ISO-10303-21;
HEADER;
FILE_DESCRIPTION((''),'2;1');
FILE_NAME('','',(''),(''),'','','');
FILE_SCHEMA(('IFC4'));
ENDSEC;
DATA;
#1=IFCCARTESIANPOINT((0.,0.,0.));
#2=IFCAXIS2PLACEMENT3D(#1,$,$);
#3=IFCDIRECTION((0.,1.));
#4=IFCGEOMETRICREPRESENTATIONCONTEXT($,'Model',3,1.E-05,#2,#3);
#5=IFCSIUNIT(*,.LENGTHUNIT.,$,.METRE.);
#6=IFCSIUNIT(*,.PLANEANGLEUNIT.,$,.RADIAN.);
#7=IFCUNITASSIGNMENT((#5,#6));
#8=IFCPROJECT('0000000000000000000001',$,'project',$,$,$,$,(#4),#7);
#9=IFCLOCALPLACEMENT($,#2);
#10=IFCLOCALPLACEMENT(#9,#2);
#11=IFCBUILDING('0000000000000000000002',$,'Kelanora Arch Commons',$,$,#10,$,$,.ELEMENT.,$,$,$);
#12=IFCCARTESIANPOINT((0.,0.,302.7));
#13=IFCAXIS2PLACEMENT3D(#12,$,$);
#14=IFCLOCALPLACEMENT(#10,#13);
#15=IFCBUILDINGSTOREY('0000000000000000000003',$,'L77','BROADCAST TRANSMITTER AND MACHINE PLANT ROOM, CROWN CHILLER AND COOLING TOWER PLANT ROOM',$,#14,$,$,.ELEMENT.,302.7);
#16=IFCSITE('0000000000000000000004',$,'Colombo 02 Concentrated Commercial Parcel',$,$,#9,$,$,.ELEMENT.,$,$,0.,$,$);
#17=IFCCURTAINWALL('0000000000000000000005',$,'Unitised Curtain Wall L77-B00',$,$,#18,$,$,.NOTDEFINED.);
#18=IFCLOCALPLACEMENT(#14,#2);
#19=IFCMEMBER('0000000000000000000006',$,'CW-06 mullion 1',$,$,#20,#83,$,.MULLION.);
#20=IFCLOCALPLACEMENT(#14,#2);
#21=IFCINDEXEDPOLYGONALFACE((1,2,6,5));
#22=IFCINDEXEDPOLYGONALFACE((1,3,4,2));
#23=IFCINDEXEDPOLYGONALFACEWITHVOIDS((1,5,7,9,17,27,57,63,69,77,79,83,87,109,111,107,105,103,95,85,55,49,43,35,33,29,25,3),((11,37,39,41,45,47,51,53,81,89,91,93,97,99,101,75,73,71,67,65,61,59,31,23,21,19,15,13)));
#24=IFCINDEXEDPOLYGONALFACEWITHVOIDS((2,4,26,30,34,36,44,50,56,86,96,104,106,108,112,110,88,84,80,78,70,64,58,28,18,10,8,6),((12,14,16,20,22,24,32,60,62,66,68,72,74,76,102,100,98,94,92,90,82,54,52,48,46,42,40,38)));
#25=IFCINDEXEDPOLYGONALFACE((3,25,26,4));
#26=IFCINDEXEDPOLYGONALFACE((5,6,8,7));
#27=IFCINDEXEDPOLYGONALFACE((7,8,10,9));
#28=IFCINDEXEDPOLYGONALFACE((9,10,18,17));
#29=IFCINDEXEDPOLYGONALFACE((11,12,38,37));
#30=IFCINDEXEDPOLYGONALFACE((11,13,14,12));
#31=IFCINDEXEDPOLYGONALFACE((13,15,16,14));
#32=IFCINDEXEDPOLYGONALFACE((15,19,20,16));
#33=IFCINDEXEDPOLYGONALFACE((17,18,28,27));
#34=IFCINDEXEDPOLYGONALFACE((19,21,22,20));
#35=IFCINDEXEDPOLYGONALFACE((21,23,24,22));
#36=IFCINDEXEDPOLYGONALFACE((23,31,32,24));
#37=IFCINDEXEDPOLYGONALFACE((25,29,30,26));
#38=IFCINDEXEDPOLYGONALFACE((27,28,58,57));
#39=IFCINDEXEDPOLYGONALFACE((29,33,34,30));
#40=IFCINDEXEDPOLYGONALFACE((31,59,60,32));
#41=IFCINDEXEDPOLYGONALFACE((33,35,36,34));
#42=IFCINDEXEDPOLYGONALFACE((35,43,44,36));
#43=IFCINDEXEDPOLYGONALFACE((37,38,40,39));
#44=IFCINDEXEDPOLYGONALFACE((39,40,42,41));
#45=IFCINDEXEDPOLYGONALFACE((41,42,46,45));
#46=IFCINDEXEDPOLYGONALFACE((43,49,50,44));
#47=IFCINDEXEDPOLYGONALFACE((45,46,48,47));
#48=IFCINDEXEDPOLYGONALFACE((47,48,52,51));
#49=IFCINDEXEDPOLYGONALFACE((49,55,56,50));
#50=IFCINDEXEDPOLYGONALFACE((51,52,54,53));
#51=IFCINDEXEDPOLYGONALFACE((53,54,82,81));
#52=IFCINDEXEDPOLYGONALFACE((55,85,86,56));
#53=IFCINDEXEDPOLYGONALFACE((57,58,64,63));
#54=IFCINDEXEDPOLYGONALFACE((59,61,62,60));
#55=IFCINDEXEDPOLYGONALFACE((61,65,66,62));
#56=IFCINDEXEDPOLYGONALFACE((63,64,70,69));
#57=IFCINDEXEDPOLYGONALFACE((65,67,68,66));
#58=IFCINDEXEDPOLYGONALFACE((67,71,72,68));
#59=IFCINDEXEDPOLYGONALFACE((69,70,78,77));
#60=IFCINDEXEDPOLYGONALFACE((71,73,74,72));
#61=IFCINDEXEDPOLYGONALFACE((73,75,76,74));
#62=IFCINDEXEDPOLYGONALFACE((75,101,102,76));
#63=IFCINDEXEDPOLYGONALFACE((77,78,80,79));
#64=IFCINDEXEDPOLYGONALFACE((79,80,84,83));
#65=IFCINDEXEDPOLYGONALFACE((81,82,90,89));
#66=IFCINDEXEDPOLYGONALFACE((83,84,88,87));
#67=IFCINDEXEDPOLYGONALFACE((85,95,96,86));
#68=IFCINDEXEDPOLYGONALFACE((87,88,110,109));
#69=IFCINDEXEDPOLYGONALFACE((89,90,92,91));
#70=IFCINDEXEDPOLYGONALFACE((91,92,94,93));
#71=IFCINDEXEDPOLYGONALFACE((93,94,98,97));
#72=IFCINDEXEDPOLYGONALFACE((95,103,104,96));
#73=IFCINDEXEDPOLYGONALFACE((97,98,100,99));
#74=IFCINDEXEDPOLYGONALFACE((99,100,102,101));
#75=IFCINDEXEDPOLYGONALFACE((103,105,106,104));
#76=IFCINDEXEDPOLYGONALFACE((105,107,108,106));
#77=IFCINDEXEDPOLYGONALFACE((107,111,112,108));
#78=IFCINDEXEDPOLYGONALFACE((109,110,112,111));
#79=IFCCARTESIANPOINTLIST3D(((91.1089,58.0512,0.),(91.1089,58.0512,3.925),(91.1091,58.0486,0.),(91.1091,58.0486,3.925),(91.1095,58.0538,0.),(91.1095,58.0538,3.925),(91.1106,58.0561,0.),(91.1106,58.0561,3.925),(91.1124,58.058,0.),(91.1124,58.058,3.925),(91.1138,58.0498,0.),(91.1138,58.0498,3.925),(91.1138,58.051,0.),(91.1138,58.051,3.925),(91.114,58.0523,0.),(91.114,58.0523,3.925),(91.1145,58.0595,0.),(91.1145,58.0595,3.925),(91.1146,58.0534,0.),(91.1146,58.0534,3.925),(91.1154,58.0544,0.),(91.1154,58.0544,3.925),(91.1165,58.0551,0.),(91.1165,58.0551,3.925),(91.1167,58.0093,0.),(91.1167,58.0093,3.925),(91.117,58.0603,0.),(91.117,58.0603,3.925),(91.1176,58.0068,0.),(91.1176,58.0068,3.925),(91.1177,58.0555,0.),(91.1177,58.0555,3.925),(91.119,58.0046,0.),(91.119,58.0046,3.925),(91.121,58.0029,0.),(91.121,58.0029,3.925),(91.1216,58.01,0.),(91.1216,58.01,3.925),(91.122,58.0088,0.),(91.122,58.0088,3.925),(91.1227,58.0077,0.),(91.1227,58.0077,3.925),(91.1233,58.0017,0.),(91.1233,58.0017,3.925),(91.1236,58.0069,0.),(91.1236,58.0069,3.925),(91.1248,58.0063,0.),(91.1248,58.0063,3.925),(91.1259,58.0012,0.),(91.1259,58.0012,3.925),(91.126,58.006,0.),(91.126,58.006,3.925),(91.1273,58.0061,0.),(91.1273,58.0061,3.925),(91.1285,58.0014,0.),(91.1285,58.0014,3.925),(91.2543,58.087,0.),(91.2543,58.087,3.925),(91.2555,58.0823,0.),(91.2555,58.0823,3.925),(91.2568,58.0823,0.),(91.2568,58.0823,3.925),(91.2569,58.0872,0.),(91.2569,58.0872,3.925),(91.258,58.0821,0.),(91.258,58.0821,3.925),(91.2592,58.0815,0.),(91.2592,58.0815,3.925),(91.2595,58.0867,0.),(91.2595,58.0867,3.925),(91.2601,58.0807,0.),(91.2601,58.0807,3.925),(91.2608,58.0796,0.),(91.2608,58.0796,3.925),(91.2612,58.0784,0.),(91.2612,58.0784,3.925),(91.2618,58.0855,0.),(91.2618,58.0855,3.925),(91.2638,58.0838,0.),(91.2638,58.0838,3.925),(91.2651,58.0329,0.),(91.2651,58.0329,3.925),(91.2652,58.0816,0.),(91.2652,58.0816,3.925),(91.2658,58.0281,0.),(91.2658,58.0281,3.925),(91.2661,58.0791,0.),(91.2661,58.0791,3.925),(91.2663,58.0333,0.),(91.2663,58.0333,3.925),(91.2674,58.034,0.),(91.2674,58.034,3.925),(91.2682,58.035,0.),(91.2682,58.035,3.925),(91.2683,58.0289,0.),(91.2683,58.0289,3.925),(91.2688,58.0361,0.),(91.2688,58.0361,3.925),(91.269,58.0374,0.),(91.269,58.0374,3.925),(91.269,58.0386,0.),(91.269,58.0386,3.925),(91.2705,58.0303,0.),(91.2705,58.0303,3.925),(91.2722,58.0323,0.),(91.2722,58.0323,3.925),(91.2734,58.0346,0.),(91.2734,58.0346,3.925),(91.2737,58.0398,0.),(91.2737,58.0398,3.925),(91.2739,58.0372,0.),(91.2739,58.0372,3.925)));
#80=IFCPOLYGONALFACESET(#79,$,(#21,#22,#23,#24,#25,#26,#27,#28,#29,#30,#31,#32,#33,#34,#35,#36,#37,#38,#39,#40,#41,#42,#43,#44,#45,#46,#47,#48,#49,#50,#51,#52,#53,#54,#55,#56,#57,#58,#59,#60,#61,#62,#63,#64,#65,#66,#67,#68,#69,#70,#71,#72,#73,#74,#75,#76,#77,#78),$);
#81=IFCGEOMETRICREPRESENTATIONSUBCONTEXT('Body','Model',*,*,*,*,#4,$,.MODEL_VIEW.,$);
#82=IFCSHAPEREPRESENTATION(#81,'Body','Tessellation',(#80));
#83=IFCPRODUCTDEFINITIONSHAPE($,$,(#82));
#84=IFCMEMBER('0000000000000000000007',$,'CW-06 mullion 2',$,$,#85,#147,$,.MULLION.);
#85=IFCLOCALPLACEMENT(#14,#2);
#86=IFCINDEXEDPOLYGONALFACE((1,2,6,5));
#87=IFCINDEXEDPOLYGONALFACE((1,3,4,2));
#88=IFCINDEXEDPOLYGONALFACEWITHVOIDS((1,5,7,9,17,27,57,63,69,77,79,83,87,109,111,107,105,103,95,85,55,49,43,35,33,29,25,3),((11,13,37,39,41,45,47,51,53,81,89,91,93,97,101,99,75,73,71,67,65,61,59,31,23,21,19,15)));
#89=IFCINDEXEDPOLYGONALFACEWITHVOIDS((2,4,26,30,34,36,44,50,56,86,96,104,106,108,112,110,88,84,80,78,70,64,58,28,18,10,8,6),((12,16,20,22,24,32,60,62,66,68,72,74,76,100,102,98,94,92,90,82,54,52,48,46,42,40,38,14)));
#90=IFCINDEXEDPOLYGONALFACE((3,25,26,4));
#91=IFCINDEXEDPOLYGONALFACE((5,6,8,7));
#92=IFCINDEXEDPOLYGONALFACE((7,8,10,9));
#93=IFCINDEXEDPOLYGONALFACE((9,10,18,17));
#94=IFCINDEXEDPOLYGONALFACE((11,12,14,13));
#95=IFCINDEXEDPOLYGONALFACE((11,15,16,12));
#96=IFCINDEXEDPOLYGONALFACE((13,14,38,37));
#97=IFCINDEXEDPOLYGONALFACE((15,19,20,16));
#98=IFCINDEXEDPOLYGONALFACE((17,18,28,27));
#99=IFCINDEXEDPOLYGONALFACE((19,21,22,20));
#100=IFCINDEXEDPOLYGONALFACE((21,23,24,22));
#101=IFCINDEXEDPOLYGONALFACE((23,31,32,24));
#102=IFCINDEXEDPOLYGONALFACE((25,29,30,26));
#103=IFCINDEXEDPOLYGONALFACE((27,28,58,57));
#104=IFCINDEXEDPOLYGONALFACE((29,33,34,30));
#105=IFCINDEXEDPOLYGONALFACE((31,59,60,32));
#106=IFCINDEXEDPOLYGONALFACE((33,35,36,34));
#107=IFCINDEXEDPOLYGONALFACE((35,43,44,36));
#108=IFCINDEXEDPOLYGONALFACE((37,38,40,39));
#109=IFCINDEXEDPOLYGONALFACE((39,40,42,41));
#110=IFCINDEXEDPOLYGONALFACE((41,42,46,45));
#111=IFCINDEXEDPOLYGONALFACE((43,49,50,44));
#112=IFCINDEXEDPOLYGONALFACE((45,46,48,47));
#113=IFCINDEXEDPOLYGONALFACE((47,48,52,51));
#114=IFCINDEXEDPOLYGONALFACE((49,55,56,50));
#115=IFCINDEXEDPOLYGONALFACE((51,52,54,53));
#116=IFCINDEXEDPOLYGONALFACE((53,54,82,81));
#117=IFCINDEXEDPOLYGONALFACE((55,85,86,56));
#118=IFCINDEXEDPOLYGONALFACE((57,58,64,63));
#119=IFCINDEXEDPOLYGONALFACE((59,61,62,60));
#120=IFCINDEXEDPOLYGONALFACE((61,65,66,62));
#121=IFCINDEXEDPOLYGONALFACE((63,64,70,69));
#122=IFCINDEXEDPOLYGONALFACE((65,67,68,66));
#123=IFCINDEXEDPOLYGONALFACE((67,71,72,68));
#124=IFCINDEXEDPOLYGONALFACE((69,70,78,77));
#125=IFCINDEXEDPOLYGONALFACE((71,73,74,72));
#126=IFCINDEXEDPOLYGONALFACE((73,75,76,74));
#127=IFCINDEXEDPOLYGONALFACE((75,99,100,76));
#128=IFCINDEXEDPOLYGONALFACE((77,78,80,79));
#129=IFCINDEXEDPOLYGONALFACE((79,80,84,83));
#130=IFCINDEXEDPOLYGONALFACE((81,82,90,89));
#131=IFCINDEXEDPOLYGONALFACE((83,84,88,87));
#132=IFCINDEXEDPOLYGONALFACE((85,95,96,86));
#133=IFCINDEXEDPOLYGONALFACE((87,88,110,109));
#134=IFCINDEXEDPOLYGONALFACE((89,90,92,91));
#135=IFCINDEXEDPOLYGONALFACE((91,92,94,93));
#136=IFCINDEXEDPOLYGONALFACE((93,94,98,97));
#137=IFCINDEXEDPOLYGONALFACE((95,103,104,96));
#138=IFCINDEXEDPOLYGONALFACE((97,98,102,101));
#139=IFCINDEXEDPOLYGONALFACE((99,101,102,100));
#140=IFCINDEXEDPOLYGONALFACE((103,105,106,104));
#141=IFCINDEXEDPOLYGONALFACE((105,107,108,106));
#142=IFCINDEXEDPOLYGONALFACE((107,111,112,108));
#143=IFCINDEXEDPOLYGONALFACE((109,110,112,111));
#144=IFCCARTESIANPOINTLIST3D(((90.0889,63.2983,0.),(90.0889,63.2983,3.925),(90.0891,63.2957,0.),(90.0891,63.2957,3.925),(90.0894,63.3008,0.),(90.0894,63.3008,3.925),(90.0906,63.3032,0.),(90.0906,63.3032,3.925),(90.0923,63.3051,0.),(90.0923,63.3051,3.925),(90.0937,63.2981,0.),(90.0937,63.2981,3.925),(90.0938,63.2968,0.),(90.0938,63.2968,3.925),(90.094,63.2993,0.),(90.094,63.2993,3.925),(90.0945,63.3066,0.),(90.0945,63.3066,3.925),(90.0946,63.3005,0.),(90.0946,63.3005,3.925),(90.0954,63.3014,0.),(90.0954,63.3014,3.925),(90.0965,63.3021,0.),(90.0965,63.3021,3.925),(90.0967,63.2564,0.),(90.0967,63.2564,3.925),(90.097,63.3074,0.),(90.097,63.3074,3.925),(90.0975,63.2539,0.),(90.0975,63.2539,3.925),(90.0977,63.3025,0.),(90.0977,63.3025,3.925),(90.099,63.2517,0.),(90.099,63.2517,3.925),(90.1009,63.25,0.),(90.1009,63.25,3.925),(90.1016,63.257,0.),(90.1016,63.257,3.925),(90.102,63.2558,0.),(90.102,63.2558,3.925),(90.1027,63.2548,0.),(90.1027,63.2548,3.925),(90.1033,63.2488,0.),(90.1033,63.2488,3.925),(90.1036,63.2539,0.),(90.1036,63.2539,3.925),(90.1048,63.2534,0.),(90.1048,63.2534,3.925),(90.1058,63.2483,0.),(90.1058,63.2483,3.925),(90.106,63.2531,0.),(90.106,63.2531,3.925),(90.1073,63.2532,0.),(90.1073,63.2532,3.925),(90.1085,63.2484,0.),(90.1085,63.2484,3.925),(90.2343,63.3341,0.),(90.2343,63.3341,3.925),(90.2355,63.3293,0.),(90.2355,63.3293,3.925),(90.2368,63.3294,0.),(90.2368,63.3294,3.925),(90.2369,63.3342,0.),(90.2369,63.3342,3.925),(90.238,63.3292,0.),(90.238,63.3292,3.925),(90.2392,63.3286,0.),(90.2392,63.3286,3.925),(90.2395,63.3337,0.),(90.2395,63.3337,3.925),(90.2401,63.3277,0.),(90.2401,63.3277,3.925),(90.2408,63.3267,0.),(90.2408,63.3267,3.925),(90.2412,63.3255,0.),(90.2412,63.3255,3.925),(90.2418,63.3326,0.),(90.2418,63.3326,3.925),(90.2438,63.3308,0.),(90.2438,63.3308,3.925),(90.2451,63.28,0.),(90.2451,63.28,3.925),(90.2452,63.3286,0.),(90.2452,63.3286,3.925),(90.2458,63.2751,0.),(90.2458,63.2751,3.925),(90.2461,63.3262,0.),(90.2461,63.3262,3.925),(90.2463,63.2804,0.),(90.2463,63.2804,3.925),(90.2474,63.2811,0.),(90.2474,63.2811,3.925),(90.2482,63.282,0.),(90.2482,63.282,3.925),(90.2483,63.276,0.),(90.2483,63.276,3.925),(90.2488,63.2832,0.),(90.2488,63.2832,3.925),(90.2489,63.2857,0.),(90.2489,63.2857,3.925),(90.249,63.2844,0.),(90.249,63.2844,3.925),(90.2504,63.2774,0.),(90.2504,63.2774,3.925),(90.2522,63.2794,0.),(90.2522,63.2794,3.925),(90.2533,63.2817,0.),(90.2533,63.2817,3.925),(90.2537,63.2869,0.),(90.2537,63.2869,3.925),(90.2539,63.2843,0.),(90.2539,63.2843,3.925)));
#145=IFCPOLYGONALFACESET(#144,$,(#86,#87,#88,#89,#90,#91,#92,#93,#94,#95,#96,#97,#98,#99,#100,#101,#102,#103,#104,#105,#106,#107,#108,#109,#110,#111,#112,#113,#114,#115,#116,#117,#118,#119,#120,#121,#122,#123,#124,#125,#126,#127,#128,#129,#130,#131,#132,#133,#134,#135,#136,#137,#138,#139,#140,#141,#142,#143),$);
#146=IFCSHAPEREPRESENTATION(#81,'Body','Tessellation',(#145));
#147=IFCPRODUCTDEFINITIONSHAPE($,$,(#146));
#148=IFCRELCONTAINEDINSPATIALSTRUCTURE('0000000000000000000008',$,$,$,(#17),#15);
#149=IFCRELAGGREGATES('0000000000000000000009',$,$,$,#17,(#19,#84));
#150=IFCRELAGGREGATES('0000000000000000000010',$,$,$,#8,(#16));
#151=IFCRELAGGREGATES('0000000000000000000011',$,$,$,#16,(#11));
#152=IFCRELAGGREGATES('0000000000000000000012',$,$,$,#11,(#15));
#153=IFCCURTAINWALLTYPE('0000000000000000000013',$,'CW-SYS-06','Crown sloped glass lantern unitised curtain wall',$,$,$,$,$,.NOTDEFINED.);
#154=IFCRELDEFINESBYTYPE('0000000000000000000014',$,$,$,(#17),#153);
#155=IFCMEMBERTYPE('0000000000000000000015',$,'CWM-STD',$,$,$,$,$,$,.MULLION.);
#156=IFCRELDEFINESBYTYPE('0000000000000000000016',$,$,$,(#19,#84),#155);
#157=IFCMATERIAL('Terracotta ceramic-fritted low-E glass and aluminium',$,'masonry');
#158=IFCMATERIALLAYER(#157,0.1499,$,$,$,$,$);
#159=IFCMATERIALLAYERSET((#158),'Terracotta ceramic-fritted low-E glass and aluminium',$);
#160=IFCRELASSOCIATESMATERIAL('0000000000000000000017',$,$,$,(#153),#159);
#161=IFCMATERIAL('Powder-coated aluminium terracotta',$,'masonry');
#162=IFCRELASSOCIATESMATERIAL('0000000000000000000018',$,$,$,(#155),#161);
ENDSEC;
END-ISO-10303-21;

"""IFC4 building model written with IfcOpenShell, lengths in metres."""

from ifc_helpers import new_model, si_unit, direction, frame, origin, origin_2d, place, context, subcontext, project, spatial, hollow_rectangle, extrude, material, layer, layer_set, material_profile, profile_set, type_object, element, aggregate, save


model = new_model("IFC4")

# Units and contexts
model_context = context("Model", 3, precision=1e-05, world=origin(), true_north=direction((0.0, 1.0)))
body_context = subcontext(model_context, "Body", "Model", "MODEL_VIEW")
ifc_project = project(units=[si_unit("LENGTHUNIT", "METRE"), si_unit("PLANEANGLEUNIT", "RADIAN")], contexts=[model_context])

# Site, building, storey
site_placement = place(None, origin())
site = spatial("IfcSite", under=ifc_project, at=site_placement, Name="Colombo 02 Concentrated Commercial Parcel", CompositionType="ELEMENT", RefElevation=0.0)
building_placement = place(site_placement, origin())
building = spatial("IfcBuilding", under=site, at=building_placement, Name="Kelanora Arch Commons", CompositionType="ELEMENT")
storey_placement = place(building_placement, frame((0.0, 0.0, 302.7)))
storey = spatial("IfcBuildingStorey", under=building, at=storey_placement, Name="L77", Description="BROADCAST TRANSMITTER AND MACHINE PLANT ROOM, CROWN CHILLER AND COOLING TOWER PLANT ROOM", CompositionType="ELEMENT", Elevation=302.7)

# Curtain wall, members
ifc_material_1 = material(Name="Terracotta ceramic-fritted low-E glass and aluminium", Category="masonry")
ifc_layer_1 = layer(ifc_material_1, 0.1499)
ifc_layer_set_1 = layer_set([ifc_layer_1], Name="Terracotta ceramic-fritted low-E glass and aluminium")
curtain_wall_type = type_object("IfcCurtainWallType", Name="CW-SYS-06", Description="Crown sloped glass lantern unitised curtain wall", PredefinedType="NOTDEFINED", material=ifc_layer_set_1)
curtain_wall_1_placement = place(storey_placement, origin())
curtain_wall_1 = element("IfcCurtainWall", 1, at=curtain_wall_1_placement, inside=storey, type_object=curtain_wall_type, Name="Unitised Curtain Wall L77-B00", PredefinedType="NOTDEFINED")
ifc_material_2 = material(Name="Powder-coated aluminium terracotta", Category="masonry")
ifc_material_profile_1 = material_profile(ifc_material_2, hollow_rectangle(XDim=0.1599, YDim=0.0601, WallThickness=0.0049, InnerFilletRadius=0.0049, OuterFilletRadius=0.01, at=origin_2d()), Name="CWM160x60")
ifc_profile_set_1 = profile_set([ifc_material_profile_1], Name="Powder-coated aluminium terracotta")
member_type_1 = type_object("IfcMemberType", Name="CWM-STD", PredefinedType="MULLION", material=ifc_profile_set_1)
member_1_placement = place(storey_placement, frame((91.1914, 58.0442, 0.0), z_axis=(0.0, 0.0, 1.0), x_axis=(-0.981624, -0.190827, 0.0)))
member_1 = element("IfcMember", 2, at=member_1_placement, type_object=member_type_1, Name="CW-06 mullion 1", PredefinedType="MULLION", context=body_context, shape_type="SweptSolid", body=[
    extrude(hollow_rectangle(XDim=0.1599, YDim=0.0601, WallThickness=0.0049, InnerFilletRadius=0.0049, OuterFilletRadius=0.01, at=origin_2d()), origin(), (0.0, 0.0, 1.0), 3.925),
])
member_2_placement = place(storey_placement, frame((90.1714, 63.2913, 0.0), z_axis=(0.0, 0.0, 1.0), x_axis=(-0.981624, -0.190827, 0.0)))
member_2 = element("IfcMember", 3, at=member_2_placement, type_object=member_type_1, Name="CW-06 mullion 2", PredefinedType="MULLION", context=body_context, shape_type="SweptSolid", body=[
    extrude(hollow_rectangle(XDim=0.1599, YDim=0.0601, WallThickness=0.0049, InnerFilletRadius=0.0049, OuterFilletRadius=0.01, at=origin_2d()), origin(), (0.0, 0.0, 1.0), 3.925),
])

aggregate(curtain_wall_1, [member_1, member_2])

save(model, "model.ifc")
